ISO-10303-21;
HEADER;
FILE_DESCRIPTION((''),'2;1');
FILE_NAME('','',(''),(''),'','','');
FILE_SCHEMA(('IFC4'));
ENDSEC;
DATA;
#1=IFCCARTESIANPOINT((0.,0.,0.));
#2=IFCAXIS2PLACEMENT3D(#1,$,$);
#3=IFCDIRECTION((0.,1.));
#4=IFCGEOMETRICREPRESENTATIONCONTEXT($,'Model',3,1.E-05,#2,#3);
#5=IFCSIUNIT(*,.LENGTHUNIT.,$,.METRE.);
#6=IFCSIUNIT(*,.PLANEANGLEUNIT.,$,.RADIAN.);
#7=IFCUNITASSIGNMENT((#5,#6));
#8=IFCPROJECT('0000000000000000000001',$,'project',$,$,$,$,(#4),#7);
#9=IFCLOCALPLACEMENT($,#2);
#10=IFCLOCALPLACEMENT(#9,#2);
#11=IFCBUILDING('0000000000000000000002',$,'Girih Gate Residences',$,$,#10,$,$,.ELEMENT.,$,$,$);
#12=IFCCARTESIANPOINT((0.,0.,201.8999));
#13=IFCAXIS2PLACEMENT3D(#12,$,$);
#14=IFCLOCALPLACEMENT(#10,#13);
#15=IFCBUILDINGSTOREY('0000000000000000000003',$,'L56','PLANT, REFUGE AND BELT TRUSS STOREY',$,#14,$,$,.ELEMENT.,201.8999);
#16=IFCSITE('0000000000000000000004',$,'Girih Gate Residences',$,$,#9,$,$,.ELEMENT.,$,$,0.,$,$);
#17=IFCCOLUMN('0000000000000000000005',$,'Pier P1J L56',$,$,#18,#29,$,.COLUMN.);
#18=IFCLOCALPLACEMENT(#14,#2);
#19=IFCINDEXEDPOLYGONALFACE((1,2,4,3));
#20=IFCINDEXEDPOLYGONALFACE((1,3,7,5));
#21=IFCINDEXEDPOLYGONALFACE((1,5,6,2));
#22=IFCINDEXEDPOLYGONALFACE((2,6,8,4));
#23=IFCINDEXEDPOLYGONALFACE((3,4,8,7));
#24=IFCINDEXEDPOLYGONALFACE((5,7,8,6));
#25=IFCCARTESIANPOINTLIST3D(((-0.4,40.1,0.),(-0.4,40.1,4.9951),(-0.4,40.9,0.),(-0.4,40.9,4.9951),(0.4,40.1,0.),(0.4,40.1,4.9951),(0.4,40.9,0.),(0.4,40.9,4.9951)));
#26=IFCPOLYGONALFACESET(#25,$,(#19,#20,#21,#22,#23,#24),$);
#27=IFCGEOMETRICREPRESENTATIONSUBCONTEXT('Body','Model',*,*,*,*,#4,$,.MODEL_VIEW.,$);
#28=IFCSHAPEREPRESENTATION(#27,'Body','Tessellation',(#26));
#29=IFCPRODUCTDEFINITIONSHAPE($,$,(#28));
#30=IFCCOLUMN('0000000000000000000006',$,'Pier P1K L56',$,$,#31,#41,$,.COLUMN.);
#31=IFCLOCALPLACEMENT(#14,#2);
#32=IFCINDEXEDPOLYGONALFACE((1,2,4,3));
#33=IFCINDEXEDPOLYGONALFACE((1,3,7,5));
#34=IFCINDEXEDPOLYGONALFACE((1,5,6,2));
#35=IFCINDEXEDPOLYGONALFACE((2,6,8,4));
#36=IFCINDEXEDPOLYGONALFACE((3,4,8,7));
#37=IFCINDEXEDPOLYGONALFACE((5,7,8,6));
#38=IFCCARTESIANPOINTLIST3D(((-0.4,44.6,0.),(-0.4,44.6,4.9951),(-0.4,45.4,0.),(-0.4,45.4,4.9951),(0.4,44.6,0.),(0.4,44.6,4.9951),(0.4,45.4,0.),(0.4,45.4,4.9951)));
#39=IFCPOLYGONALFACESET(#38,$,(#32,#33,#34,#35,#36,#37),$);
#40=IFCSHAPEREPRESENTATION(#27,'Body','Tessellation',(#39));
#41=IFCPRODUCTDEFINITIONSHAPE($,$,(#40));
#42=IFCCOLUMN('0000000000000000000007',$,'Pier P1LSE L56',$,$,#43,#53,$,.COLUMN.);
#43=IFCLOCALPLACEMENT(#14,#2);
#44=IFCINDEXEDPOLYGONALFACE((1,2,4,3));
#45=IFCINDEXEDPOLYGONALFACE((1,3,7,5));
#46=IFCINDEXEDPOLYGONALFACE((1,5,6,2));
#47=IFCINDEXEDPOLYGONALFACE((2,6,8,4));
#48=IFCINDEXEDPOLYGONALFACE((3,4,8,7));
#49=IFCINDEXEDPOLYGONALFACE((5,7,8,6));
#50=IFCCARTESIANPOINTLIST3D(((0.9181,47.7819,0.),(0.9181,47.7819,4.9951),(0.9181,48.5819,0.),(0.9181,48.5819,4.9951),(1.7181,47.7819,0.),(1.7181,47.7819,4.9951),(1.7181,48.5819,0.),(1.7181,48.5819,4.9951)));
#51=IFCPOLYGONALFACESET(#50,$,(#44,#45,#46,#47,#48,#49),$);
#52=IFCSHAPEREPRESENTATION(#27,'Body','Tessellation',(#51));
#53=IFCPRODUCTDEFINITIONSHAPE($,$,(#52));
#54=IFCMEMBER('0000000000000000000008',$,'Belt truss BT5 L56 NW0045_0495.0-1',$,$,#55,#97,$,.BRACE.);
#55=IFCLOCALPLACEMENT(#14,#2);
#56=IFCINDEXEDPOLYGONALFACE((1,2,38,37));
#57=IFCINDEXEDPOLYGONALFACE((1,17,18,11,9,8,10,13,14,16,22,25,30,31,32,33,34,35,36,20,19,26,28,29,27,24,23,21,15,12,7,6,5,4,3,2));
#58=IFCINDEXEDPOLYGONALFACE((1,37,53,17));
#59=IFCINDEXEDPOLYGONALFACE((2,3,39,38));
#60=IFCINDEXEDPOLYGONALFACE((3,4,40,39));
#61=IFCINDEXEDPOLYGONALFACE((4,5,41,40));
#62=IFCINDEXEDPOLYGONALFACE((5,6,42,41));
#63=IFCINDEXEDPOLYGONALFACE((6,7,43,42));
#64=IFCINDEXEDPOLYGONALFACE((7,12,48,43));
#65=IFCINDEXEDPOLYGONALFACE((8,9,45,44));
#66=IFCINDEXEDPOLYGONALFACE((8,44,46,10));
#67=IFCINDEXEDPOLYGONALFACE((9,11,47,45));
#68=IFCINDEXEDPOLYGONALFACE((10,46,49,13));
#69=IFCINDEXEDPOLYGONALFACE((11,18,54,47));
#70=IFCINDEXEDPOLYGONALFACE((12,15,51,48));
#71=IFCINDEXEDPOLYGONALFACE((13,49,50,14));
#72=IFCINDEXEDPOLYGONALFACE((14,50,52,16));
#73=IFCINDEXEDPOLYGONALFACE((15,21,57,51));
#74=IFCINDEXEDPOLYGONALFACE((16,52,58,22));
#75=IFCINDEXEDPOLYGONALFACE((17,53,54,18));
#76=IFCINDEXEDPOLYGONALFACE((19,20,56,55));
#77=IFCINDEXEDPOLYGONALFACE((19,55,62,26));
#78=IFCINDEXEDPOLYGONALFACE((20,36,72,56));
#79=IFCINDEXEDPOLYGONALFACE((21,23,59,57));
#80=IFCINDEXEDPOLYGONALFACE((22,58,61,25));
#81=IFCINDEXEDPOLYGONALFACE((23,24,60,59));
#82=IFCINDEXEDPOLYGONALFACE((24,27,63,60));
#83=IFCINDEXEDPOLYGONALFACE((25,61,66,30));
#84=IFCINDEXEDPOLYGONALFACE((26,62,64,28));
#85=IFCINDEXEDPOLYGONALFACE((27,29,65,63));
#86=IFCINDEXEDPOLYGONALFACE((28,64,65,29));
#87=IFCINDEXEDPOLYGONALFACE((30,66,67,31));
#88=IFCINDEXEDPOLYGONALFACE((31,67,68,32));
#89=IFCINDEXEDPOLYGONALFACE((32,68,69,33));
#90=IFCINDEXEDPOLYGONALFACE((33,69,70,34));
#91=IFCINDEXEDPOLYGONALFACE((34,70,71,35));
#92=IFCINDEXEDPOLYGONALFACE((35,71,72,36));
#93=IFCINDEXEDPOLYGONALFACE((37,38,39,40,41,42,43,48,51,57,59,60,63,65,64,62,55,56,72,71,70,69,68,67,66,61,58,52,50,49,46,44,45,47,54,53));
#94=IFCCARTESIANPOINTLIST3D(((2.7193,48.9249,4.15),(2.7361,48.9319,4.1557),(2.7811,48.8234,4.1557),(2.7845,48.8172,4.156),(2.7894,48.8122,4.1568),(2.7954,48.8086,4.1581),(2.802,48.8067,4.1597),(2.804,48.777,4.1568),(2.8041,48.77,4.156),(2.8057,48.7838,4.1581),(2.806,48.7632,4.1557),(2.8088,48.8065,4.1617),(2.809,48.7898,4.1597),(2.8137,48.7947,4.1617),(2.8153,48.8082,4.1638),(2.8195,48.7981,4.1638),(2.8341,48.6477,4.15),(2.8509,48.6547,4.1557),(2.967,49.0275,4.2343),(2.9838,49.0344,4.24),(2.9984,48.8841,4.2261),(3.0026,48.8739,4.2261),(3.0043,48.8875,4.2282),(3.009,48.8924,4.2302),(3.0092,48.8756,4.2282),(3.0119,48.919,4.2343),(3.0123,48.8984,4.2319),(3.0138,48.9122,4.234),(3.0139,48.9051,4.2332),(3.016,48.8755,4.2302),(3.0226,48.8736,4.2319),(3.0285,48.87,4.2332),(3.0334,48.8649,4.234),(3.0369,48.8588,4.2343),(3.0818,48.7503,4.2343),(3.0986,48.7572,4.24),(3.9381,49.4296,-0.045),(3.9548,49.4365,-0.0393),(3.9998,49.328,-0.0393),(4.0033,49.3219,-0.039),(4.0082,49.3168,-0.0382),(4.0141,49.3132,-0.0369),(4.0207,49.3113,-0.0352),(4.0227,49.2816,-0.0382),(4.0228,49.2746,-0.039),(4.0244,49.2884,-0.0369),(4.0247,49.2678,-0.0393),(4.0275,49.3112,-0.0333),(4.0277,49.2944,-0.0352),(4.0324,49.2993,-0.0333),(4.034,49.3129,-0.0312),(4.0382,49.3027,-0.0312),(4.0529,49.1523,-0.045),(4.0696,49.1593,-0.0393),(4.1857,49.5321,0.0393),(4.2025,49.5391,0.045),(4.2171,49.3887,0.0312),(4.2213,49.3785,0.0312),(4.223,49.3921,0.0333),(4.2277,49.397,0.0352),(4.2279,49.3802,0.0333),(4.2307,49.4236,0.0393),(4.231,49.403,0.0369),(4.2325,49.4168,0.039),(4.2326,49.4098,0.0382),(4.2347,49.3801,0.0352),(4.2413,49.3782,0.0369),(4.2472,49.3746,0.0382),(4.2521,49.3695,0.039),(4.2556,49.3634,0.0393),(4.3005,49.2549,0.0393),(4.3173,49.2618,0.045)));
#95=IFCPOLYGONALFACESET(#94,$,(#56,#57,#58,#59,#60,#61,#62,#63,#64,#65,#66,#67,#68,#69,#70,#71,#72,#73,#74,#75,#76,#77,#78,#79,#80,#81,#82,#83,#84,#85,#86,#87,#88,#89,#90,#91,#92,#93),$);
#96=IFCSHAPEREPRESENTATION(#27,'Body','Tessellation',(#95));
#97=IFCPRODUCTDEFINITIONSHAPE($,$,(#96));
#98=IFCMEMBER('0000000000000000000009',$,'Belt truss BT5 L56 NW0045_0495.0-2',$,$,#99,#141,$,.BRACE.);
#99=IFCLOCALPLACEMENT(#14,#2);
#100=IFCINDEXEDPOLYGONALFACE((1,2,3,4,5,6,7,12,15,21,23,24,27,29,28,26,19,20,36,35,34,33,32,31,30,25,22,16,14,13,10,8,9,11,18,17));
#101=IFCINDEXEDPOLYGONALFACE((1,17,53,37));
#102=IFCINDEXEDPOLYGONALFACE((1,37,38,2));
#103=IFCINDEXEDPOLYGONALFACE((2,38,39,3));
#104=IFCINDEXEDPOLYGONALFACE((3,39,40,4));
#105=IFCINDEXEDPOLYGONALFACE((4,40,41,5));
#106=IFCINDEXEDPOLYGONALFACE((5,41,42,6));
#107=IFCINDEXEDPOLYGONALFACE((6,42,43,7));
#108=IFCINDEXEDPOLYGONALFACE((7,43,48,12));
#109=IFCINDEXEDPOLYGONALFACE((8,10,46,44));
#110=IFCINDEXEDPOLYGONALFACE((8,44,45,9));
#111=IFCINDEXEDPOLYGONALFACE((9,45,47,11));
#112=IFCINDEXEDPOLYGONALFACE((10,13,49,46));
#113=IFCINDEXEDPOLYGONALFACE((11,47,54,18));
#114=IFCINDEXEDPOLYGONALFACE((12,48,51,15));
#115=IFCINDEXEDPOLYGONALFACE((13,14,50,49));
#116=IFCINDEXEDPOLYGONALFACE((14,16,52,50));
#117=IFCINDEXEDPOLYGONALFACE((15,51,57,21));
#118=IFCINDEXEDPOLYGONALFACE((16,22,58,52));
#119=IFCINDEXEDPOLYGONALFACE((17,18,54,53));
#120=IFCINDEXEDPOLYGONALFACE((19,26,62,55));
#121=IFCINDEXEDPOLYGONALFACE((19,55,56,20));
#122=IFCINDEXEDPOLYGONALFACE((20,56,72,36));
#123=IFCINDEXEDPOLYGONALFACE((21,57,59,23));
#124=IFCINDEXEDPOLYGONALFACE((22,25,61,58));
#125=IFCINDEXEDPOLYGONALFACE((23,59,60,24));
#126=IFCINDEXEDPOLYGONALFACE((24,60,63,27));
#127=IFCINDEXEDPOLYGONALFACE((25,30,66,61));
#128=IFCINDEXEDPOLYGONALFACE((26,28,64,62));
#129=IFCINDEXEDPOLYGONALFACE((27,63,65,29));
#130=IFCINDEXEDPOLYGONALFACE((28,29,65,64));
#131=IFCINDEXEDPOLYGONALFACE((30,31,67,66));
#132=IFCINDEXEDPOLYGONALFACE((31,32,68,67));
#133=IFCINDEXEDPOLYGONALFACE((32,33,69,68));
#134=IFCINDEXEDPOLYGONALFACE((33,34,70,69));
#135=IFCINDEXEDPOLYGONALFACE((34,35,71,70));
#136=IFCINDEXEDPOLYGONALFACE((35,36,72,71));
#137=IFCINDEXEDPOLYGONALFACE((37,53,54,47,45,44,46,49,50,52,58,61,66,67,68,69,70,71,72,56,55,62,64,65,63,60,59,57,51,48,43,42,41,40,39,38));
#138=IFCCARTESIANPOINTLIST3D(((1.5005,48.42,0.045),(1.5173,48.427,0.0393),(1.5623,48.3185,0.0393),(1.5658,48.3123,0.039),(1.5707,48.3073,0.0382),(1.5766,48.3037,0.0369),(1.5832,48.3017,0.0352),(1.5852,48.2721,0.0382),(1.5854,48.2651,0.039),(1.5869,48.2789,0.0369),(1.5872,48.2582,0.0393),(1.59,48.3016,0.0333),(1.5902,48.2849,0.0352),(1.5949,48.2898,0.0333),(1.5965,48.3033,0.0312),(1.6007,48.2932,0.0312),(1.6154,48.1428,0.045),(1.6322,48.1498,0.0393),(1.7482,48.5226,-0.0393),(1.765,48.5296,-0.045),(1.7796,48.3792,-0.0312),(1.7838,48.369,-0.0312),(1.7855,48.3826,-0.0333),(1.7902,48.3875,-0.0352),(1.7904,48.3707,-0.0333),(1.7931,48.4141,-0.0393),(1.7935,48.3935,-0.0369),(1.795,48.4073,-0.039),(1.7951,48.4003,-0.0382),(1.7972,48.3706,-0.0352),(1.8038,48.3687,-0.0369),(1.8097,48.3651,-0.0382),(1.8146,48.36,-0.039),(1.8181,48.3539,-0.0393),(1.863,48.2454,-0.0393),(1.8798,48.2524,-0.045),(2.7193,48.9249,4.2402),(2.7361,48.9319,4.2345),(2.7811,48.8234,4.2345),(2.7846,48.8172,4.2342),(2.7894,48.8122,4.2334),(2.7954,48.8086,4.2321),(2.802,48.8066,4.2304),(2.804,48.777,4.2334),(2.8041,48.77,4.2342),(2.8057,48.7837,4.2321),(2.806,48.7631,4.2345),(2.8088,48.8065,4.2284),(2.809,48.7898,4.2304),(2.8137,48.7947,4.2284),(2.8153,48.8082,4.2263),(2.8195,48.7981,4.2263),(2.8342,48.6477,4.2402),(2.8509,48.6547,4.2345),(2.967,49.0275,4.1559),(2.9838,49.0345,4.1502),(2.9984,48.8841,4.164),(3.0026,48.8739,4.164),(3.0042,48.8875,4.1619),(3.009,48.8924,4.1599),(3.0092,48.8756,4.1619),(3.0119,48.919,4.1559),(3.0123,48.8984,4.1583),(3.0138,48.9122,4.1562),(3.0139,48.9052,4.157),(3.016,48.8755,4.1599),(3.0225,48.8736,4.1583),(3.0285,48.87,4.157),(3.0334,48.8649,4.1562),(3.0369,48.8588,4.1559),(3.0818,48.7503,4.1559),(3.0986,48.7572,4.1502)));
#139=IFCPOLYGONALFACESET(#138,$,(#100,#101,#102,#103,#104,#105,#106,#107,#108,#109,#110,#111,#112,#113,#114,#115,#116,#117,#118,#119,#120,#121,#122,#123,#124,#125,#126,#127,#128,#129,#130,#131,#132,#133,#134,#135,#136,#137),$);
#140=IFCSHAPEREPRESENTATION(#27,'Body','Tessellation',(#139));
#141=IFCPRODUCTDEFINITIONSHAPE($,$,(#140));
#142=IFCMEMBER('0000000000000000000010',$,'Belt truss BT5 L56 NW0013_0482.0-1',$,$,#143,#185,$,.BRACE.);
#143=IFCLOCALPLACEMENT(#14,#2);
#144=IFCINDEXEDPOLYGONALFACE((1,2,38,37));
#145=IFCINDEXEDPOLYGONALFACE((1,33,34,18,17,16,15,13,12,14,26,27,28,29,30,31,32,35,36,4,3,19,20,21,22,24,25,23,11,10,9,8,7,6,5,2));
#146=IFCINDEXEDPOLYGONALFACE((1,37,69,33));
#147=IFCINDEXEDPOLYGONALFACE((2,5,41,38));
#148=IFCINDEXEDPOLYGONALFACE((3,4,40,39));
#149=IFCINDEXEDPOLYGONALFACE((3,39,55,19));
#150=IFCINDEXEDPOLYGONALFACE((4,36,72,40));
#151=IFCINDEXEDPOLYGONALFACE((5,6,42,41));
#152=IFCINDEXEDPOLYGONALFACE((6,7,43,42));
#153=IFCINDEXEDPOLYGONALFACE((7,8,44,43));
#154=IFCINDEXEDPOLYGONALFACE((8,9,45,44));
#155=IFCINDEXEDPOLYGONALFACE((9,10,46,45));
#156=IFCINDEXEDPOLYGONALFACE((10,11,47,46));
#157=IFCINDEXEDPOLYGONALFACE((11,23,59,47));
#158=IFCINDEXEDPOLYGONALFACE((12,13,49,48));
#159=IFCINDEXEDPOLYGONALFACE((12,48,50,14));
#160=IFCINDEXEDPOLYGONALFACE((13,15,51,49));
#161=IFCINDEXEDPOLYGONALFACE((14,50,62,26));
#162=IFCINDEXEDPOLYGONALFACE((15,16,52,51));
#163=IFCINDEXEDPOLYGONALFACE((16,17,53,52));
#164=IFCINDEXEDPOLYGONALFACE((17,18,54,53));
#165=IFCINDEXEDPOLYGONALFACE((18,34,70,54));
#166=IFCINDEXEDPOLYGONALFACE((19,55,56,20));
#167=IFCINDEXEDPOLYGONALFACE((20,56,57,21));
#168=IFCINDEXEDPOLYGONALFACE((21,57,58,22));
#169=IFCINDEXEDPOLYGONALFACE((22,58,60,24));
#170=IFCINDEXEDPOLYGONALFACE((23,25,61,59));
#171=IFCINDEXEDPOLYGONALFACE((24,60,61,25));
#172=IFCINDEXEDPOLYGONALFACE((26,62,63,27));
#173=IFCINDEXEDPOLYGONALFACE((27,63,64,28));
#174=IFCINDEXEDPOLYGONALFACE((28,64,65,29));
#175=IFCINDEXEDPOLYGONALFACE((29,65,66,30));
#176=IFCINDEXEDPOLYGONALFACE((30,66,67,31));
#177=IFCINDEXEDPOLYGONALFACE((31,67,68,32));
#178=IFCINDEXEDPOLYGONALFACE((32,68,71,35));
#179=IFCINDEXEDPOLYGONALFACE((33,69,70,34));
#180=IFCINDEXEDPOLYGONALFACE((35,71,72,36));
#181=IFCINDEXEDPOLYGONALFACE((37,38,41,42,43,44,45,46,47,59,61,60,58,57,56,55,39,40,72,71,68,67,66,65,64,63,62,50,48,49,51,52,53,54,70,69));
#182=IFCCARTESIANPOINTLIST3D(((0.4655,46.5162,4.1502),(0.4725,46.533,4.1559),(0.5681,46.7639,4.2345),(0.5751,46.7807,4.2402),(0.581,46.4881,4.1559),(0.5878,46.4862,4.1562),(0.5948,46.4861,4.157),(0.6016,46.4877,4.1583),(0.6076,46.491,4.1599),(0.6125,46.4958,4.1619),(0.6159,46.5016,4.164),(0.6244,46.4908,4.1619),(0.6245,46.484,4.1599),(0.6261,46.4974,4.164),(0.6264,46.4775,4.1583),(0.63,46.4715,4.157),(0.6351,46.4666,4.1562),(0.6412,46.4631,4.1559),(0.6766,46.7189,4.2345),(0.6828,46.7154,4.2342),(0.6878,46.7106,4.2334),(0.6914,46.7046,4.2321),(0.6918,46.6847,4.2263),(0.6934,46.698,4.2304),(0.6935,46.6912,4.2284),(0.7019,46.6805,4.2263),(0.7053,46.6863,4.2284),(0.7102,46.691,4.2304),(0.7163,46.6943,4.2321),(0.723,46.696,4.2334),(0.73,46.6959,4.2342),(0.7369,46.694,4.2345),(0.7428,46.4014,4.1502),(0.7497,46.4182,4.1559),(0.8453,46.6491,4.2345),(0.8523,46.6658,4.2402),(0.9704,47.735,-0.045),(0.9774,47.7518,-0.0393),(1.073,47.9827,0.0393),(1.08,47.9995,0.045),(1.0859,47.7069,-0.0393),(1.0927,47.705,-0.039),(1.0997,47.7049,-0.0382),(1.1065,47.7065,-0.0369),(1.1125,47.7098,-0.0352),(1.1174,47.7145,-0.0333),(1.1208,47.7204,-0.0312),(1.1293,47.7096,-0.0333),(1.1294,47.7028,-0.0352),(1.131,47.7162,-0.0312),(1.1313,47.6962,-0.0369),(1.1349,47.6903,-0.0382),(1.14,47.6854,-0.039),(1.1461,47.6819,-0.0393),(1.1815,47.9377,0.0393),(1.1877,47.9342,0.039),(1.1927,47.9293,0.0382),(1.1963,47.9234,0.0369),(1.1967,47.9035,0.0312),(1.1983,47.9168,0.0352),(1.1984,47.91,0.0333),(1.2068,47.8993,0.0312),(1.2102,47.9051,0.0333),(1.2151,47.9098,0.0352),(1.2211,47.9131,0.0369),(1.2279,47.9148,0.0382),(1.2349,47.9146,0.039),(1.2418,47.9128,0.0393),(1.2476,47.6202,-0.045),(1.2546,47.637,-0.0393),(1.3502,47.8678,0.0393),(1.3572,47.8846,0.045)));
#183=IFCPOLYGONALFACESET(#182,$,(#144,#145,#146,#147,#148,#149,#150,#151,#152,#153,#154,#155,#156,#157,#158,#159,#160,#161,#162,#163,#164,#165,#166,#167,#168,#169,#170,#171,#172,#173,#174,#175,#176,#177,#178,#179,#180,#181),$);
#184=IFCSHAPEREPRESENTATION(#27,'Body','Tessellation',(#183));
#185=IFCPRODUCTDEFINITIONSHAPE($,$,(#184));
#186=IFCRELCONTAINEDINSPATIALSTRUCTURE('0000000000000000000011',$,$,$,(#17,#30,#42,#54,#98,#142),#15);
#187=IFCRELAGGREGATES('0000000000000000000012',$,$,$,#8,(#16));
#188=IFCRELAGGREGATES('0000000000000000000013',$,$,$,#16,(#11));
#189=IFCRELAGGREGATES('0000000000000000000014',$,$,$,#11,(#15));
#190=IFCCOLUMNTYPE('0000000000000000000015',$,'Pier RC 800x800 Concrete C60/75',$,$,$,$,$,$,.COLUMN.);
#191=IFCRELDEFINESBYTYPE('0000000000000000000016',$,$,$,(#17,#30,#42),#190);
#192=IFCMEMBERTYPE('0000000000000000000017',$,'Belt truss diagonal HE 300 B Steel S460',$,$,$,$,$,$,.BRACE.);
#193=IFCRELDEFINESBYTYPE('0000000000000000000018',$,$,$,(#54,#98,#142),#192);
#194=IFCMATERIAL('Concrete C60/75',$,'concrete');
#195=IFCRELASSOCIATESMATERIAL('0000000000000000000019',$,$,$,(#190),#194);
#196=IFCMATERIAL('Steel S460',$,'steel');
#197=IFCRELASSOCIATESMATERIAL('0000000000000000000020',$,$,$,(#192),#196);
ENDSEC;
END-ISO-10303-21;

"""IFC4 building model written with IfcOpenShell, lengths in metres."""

from ifc_helpers import new_model, si_unit, direction, frame, origin, origin_2d, place, context, subcontext, project, spatial, rectangle, i_section, extrude, material, material_profile, profile_set, type_object, element, save


model = new_model("IFC4")

# Units and contexts
model_context = context("Model", 3, precision=1e-05, world=origin(), true_north=direction((0.0, 1.0)))
body_context = subcontext(model_context, "Body", "Model", "MODEL_VIEW")
ifc_project = project(units=[si_unit("LENGTHUNIT", "METRE"), si_unit("PLANEANGLEUNIT", "RADIAN")], contexts=[model_context])

# Site, building, storey
site_placement = place(None, origin())
site = spatial("IfcSite", under=ifc_project, at=site_placement, Name="Girih Gate Residences", CompositionType="ELEMENT", RefElevation=0.0)
building_placement = place(site_placement, origin())
building = spatial("IfcBuilding", under=site, at=building_placement, Name="Girih Gate Residences", CompositionType="ELEMENT")
storey_placement = place(building_placement, frame((0.0, 0.0, 201.8999)))
storey = spatial("IfcBuildingStorey", under=building, at=storey_placement, Name="L56", Description="PLANT, REFUGE AND BELT TRUSS STOREY", CompositionType="ELEMENT", Elevation=201.8999)

# Columns
ifc_material_1 = material(Name="Concrete C60/75", Category="concrete")
ifc_material_profile_1 = material_profile(ifc_material_1, rectangle(XDim=0.8, YDim=0.8, at=origin_2d()))
ifc_profile_set_1 = profile_set([ifc_material_profile_1], Name="Concrete C60/75")
column_type = type_object("IfcColumnType", Name="Pier RC 800x800 Concrete C60/75", PredefinedType="COLUMN", material=ifc_profile_set_1)
for number, where, z_axis, x_axis, name in (
    (1, (0.0, 40.5, 0.0), (0.0, 0.0, 1.0), (1.0, 0.0, 0.0), "Pier P1J L56"),
    (2, (0.0, 45.0, 0.0), (0.0, 0.0, 1.0), (1.0, 0.0, 0.0), "Pier P1K L56"),
    (3, (1.3181, 48.1819, 0.0), (0.0, 0.0, 1.0), (1.0, 0.0, 0.0), "Pier P1LSE L56"),
):
    element("IfcColumn", number, at=place(storey_placement, frame(where, z_axis=z_axis, x_axis=x_axis)), inside=storey, type_object=column_type, Name=name, PredefinedType="COLUMN", context=body_context, shape_type="SweptSolid", body=[
        extrude(rectangle(XDim=0.8, YDim=0.8, at=origin_2d()), origin(), (0.0, 0.0, 1.0), 4.9951),
    ])

# Members
ifc_material_2 = material(Name="Steel S460", Category="steel")
ifc_material_profile_2 = material_profile(ifc_material_2, i_section(OverallWidth=0.3, OverallDepth=0.3, WebThickness=0.011, FlangeThickness=0.019, FilletRadius=0.0271, at=origin_2d()))
ifc_profile_set_2 = profile_set([ifc_material_profile_2], Name="Steel S460")
member_type_1 = type_object("IfcMemberType", Name="Belt truss diagonal HE 300 B Steel S460", PredefinedType="BRACE", material=ifc_profile_set_2)
member_1_placement = place(storey_placement, frame((4.1277, 49.3457, 0.0), z_axis=(-0.277142, -0.114754, 0.953952), x_axis=(0.382564, -0.923929, 0.0)))
element("IfcMember", 4, at=member_1_placement, inside=storey, type_object=member_type_1, Name="Belt truss BT5 L56 NW0045_0495.0-1", PredefinedType="BRACE", context=body_context, shape_type="SweptSolid", body=[
    extrude(i_section(OverallWidth=0.3, OverallDepth=0.3, WebThickness=0.011, FlangeThickness=0.019, FilletRadius=0.0271, at=origin_2d()), origin(), (0.0, 0.0, 1.0), 4.3975),
])
for number, where, z_axis, x_axis, name in (
    (5, (1.6902, 48.3362, 0.0), (0.27714, 0.114809, 0.953946), (-0.382722, 0.923863, 0.0), "Belt truss BT5 L56 NW0045_0495.0-2"),
    (6, (1.1638, 47.8098, 0.0), (-0.114809, -0.27714, 0.953946), (0.923863, -0.382722, 0.0), "Belt truss BT5 L56 NW0013_0482.0-1"),
):
    element("IfcMember", number, at=place(storey_placement, frame(where, z_axis=z_axis, x_axis=x_axis)), inside=storey, type_object=member_type_1, Name=name, PredefinedType="BRACE", context=body_context, shape_type="SweptSolid", body=[
        extrude(i_section(OverallWidth=0.3, OverallDepth=0.3, WebThickness=0.011, FlangeThickness=0.019, FilletRadius=0.0271, at=origin_2d()), origin(), (0.0, 0.0, 1.0), 4.3977),
    ])

save(model, "model.ifc")
